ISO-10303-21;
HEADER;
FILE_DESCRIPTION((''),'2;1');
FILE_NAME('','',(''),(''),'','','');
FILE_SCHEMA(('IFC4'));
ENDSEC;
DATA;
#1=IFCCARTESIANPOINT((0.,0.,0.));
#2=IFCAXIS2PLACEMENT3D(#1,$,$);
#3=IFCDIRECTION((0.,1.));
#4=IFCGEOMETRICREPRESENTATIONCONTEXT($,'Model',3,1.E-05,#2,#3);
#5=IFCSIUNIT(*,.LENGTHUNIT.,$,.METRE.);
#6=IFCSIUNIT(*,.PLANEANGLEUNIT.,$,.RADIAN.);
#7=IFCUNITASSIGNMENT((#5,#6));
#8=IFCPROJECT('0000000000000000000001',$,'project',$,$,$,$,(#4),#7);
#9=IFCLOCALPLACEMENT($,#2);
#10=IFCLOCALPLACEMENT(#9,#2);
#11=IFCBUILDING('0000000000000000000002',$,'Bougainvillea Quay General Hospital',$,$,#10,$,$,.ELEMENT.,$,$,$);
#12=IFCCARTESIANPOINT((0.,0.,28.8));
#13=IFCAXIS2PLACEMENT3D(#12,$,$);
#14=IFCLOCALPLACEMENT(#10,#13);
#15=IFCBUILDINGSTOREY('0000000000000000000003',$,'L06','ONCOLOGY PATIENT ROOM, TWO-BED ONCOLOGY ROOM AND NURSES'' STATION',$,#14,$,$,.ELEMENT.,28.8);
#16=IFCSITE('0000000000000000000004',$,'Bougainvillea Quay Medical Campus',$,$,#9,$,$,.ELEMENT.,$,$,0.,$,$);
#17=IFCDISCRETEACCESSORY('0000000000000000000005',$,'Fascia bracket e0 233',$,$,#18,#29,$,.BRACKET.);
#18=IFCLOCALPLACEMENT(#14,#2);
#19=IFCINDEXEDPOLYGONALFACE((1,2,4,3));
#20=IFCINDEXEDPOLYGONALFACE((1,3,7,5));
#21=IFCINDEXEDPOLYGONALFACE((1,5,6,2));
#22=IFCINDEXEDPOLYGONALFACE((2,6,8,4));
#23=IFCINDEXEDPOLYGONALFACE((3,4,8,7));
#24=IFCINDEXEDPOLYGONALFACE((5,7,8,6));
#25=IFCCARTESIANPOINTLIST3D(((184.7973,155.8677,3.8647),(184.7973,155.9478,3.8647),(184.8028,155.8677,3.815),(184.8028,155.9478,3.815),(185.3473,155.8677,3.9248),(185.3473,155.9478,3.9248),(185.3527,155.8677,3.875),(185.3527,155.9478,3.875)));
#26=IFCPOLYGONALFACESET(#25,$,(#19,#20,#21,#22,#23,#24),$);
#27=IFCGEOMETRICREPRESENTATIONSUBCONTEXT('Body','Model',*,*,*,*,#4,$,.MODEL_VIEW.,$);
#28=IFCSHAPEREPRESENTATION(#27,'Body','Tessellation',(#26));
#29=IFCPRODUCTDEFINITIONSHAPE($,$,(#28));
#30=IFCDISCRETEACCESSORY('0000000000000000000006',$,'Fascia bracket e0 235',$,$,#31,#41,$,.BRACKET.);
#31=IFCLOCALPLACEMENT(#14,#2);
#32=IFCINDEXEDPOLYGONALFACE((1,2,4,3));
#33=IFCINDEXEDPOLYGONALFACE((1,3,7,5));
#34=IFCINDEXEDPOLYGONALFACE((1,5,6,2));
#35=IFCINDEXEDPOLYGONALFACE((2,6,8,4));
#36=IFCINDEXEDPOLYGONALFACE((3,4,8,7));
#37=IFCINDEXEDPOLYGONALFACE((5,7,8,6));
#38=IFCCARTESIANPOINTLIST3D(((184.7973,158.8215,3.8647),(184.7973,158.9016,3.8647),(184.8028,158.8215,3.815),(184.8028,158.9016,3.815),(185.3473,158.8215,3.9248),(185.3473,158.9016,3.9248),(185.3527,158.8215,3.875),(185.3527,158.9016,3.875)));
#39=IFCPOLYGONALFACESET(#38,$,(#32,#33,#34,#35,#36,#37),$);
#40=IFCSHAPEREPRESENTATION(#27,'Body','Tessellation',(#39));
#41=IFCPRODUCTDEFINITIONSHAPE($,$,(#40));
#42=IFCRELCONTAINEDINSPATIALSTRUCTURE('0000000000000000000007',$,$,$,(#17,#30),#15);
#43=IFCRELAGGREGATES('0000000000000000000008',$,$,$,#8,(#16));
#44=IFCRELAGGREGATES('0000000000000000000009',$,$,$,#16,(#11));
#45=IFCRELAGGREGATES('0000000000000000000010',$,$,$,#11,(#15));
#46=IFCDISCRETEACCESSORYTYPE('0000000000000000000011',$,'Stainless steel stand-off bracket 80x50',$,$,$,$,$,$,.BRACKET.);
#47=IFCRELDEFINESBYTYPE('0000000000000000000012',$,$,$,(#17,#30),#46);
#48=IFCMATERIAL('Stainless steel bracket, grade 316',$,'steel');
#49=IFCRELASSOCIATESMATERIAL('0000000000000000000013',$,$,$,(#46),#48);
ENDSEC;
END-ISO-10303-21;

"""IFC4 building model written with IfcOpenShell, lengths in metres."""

from ifc_helpers import new_model, si_unit, direction, frame, origin, origin_2d, place, context, subcontext, project, spatial, rectangle, extrude, material, material_profile, profile_set, type_object, element, save


model = new_model("IFC4")

# Units and contexts
model_context = context("Model", 3, precision=1e-05, world=origin(), true_north=direction((0.0, 1.0)))
body_context = subcontext(model_context, "Body", "Model", "MODEL_VIEW")
ifc_project = project(units=[si_unit("LENGTHUNIT", "METRE"), si_unit("PLANEANGLEUNIT", "RADIAN")], contexts=[model_context])

# Site, building, storey
site_placement = place(None, origin())
site = spatial("IfcSite", under=ifc_project, at=site_placement, Name="Bougainvillea Quay Medical Campus", CompositionType="ELEMENT", RefElevation=0.0)
building_placement = place(site_placement, origin())
building = spatial("IfcBuilding", under=site, at=building_placement, Name="Bougainvillea Quay General Hospital", CompositionType="ELEMENT")
storey_placement = place(building_placement, frame((0.0, 0.0, 28.8)))
storey = spatial("IfcBuildingStorey", under=building, at=storey_placement, Name="L06", Description="ONCOLOGY PATIENT ROOM, TWO-BED ONCOLOGY ROOM AND NURSES' STATION", CompositionType="ELEMENT", Elevation=28.8)

# Discrete accessories
ifc_material_1 = material(Name="Stainless steel bracket, grade 316", Category="steel")
ifc_material_profile_1 = material_profile(ifc_material_1, rectangle(XDim=0.0801, YDim=0.05, at=origin_2d()))
ifc_profile_set_1 = profile_set([ifc_material_profile_1], Name="Stainless steel bracket, grade 316")
discrete_accessory_type = type_object("IfcDiscreteAccessoryType", Name="Stainless steel stand-off bracket 80x50", PredefinedType="BRACKET", material=ifc_profile_set_1)
for number, where, z_axis, x_axis, name in (
    (1, (184.8, 155.9077, 3.8398), (0.994092, 0.0, 0.108543), (0.0, 1.0, 0.0), "Fascia bracket e0 233"),
    (2, (184.8, 158.8616, 3.8398), (0.994092, 0.0, 0.108543), (0.0, 1.0, 0.0), "Fascia bracket e0 235"),
):
    element("IfcDiscreteAccessory", number, at=place(storey_placement, frame(where, z_axis=z_axis, x_axis=x_axis)), inside=storey, type_object=discrete_accessory_type, Name=name, PredefinedType="BRACKET", context=body_context, shape_type="SweptSolid", body=[
        extrude(rectangle(XDim=0.0801, YDim=0.05, at=origin_2d()), origin(), (0.0, 0.0, 1.0), 0.5532),
    ])

save(model, "model.ifc")
